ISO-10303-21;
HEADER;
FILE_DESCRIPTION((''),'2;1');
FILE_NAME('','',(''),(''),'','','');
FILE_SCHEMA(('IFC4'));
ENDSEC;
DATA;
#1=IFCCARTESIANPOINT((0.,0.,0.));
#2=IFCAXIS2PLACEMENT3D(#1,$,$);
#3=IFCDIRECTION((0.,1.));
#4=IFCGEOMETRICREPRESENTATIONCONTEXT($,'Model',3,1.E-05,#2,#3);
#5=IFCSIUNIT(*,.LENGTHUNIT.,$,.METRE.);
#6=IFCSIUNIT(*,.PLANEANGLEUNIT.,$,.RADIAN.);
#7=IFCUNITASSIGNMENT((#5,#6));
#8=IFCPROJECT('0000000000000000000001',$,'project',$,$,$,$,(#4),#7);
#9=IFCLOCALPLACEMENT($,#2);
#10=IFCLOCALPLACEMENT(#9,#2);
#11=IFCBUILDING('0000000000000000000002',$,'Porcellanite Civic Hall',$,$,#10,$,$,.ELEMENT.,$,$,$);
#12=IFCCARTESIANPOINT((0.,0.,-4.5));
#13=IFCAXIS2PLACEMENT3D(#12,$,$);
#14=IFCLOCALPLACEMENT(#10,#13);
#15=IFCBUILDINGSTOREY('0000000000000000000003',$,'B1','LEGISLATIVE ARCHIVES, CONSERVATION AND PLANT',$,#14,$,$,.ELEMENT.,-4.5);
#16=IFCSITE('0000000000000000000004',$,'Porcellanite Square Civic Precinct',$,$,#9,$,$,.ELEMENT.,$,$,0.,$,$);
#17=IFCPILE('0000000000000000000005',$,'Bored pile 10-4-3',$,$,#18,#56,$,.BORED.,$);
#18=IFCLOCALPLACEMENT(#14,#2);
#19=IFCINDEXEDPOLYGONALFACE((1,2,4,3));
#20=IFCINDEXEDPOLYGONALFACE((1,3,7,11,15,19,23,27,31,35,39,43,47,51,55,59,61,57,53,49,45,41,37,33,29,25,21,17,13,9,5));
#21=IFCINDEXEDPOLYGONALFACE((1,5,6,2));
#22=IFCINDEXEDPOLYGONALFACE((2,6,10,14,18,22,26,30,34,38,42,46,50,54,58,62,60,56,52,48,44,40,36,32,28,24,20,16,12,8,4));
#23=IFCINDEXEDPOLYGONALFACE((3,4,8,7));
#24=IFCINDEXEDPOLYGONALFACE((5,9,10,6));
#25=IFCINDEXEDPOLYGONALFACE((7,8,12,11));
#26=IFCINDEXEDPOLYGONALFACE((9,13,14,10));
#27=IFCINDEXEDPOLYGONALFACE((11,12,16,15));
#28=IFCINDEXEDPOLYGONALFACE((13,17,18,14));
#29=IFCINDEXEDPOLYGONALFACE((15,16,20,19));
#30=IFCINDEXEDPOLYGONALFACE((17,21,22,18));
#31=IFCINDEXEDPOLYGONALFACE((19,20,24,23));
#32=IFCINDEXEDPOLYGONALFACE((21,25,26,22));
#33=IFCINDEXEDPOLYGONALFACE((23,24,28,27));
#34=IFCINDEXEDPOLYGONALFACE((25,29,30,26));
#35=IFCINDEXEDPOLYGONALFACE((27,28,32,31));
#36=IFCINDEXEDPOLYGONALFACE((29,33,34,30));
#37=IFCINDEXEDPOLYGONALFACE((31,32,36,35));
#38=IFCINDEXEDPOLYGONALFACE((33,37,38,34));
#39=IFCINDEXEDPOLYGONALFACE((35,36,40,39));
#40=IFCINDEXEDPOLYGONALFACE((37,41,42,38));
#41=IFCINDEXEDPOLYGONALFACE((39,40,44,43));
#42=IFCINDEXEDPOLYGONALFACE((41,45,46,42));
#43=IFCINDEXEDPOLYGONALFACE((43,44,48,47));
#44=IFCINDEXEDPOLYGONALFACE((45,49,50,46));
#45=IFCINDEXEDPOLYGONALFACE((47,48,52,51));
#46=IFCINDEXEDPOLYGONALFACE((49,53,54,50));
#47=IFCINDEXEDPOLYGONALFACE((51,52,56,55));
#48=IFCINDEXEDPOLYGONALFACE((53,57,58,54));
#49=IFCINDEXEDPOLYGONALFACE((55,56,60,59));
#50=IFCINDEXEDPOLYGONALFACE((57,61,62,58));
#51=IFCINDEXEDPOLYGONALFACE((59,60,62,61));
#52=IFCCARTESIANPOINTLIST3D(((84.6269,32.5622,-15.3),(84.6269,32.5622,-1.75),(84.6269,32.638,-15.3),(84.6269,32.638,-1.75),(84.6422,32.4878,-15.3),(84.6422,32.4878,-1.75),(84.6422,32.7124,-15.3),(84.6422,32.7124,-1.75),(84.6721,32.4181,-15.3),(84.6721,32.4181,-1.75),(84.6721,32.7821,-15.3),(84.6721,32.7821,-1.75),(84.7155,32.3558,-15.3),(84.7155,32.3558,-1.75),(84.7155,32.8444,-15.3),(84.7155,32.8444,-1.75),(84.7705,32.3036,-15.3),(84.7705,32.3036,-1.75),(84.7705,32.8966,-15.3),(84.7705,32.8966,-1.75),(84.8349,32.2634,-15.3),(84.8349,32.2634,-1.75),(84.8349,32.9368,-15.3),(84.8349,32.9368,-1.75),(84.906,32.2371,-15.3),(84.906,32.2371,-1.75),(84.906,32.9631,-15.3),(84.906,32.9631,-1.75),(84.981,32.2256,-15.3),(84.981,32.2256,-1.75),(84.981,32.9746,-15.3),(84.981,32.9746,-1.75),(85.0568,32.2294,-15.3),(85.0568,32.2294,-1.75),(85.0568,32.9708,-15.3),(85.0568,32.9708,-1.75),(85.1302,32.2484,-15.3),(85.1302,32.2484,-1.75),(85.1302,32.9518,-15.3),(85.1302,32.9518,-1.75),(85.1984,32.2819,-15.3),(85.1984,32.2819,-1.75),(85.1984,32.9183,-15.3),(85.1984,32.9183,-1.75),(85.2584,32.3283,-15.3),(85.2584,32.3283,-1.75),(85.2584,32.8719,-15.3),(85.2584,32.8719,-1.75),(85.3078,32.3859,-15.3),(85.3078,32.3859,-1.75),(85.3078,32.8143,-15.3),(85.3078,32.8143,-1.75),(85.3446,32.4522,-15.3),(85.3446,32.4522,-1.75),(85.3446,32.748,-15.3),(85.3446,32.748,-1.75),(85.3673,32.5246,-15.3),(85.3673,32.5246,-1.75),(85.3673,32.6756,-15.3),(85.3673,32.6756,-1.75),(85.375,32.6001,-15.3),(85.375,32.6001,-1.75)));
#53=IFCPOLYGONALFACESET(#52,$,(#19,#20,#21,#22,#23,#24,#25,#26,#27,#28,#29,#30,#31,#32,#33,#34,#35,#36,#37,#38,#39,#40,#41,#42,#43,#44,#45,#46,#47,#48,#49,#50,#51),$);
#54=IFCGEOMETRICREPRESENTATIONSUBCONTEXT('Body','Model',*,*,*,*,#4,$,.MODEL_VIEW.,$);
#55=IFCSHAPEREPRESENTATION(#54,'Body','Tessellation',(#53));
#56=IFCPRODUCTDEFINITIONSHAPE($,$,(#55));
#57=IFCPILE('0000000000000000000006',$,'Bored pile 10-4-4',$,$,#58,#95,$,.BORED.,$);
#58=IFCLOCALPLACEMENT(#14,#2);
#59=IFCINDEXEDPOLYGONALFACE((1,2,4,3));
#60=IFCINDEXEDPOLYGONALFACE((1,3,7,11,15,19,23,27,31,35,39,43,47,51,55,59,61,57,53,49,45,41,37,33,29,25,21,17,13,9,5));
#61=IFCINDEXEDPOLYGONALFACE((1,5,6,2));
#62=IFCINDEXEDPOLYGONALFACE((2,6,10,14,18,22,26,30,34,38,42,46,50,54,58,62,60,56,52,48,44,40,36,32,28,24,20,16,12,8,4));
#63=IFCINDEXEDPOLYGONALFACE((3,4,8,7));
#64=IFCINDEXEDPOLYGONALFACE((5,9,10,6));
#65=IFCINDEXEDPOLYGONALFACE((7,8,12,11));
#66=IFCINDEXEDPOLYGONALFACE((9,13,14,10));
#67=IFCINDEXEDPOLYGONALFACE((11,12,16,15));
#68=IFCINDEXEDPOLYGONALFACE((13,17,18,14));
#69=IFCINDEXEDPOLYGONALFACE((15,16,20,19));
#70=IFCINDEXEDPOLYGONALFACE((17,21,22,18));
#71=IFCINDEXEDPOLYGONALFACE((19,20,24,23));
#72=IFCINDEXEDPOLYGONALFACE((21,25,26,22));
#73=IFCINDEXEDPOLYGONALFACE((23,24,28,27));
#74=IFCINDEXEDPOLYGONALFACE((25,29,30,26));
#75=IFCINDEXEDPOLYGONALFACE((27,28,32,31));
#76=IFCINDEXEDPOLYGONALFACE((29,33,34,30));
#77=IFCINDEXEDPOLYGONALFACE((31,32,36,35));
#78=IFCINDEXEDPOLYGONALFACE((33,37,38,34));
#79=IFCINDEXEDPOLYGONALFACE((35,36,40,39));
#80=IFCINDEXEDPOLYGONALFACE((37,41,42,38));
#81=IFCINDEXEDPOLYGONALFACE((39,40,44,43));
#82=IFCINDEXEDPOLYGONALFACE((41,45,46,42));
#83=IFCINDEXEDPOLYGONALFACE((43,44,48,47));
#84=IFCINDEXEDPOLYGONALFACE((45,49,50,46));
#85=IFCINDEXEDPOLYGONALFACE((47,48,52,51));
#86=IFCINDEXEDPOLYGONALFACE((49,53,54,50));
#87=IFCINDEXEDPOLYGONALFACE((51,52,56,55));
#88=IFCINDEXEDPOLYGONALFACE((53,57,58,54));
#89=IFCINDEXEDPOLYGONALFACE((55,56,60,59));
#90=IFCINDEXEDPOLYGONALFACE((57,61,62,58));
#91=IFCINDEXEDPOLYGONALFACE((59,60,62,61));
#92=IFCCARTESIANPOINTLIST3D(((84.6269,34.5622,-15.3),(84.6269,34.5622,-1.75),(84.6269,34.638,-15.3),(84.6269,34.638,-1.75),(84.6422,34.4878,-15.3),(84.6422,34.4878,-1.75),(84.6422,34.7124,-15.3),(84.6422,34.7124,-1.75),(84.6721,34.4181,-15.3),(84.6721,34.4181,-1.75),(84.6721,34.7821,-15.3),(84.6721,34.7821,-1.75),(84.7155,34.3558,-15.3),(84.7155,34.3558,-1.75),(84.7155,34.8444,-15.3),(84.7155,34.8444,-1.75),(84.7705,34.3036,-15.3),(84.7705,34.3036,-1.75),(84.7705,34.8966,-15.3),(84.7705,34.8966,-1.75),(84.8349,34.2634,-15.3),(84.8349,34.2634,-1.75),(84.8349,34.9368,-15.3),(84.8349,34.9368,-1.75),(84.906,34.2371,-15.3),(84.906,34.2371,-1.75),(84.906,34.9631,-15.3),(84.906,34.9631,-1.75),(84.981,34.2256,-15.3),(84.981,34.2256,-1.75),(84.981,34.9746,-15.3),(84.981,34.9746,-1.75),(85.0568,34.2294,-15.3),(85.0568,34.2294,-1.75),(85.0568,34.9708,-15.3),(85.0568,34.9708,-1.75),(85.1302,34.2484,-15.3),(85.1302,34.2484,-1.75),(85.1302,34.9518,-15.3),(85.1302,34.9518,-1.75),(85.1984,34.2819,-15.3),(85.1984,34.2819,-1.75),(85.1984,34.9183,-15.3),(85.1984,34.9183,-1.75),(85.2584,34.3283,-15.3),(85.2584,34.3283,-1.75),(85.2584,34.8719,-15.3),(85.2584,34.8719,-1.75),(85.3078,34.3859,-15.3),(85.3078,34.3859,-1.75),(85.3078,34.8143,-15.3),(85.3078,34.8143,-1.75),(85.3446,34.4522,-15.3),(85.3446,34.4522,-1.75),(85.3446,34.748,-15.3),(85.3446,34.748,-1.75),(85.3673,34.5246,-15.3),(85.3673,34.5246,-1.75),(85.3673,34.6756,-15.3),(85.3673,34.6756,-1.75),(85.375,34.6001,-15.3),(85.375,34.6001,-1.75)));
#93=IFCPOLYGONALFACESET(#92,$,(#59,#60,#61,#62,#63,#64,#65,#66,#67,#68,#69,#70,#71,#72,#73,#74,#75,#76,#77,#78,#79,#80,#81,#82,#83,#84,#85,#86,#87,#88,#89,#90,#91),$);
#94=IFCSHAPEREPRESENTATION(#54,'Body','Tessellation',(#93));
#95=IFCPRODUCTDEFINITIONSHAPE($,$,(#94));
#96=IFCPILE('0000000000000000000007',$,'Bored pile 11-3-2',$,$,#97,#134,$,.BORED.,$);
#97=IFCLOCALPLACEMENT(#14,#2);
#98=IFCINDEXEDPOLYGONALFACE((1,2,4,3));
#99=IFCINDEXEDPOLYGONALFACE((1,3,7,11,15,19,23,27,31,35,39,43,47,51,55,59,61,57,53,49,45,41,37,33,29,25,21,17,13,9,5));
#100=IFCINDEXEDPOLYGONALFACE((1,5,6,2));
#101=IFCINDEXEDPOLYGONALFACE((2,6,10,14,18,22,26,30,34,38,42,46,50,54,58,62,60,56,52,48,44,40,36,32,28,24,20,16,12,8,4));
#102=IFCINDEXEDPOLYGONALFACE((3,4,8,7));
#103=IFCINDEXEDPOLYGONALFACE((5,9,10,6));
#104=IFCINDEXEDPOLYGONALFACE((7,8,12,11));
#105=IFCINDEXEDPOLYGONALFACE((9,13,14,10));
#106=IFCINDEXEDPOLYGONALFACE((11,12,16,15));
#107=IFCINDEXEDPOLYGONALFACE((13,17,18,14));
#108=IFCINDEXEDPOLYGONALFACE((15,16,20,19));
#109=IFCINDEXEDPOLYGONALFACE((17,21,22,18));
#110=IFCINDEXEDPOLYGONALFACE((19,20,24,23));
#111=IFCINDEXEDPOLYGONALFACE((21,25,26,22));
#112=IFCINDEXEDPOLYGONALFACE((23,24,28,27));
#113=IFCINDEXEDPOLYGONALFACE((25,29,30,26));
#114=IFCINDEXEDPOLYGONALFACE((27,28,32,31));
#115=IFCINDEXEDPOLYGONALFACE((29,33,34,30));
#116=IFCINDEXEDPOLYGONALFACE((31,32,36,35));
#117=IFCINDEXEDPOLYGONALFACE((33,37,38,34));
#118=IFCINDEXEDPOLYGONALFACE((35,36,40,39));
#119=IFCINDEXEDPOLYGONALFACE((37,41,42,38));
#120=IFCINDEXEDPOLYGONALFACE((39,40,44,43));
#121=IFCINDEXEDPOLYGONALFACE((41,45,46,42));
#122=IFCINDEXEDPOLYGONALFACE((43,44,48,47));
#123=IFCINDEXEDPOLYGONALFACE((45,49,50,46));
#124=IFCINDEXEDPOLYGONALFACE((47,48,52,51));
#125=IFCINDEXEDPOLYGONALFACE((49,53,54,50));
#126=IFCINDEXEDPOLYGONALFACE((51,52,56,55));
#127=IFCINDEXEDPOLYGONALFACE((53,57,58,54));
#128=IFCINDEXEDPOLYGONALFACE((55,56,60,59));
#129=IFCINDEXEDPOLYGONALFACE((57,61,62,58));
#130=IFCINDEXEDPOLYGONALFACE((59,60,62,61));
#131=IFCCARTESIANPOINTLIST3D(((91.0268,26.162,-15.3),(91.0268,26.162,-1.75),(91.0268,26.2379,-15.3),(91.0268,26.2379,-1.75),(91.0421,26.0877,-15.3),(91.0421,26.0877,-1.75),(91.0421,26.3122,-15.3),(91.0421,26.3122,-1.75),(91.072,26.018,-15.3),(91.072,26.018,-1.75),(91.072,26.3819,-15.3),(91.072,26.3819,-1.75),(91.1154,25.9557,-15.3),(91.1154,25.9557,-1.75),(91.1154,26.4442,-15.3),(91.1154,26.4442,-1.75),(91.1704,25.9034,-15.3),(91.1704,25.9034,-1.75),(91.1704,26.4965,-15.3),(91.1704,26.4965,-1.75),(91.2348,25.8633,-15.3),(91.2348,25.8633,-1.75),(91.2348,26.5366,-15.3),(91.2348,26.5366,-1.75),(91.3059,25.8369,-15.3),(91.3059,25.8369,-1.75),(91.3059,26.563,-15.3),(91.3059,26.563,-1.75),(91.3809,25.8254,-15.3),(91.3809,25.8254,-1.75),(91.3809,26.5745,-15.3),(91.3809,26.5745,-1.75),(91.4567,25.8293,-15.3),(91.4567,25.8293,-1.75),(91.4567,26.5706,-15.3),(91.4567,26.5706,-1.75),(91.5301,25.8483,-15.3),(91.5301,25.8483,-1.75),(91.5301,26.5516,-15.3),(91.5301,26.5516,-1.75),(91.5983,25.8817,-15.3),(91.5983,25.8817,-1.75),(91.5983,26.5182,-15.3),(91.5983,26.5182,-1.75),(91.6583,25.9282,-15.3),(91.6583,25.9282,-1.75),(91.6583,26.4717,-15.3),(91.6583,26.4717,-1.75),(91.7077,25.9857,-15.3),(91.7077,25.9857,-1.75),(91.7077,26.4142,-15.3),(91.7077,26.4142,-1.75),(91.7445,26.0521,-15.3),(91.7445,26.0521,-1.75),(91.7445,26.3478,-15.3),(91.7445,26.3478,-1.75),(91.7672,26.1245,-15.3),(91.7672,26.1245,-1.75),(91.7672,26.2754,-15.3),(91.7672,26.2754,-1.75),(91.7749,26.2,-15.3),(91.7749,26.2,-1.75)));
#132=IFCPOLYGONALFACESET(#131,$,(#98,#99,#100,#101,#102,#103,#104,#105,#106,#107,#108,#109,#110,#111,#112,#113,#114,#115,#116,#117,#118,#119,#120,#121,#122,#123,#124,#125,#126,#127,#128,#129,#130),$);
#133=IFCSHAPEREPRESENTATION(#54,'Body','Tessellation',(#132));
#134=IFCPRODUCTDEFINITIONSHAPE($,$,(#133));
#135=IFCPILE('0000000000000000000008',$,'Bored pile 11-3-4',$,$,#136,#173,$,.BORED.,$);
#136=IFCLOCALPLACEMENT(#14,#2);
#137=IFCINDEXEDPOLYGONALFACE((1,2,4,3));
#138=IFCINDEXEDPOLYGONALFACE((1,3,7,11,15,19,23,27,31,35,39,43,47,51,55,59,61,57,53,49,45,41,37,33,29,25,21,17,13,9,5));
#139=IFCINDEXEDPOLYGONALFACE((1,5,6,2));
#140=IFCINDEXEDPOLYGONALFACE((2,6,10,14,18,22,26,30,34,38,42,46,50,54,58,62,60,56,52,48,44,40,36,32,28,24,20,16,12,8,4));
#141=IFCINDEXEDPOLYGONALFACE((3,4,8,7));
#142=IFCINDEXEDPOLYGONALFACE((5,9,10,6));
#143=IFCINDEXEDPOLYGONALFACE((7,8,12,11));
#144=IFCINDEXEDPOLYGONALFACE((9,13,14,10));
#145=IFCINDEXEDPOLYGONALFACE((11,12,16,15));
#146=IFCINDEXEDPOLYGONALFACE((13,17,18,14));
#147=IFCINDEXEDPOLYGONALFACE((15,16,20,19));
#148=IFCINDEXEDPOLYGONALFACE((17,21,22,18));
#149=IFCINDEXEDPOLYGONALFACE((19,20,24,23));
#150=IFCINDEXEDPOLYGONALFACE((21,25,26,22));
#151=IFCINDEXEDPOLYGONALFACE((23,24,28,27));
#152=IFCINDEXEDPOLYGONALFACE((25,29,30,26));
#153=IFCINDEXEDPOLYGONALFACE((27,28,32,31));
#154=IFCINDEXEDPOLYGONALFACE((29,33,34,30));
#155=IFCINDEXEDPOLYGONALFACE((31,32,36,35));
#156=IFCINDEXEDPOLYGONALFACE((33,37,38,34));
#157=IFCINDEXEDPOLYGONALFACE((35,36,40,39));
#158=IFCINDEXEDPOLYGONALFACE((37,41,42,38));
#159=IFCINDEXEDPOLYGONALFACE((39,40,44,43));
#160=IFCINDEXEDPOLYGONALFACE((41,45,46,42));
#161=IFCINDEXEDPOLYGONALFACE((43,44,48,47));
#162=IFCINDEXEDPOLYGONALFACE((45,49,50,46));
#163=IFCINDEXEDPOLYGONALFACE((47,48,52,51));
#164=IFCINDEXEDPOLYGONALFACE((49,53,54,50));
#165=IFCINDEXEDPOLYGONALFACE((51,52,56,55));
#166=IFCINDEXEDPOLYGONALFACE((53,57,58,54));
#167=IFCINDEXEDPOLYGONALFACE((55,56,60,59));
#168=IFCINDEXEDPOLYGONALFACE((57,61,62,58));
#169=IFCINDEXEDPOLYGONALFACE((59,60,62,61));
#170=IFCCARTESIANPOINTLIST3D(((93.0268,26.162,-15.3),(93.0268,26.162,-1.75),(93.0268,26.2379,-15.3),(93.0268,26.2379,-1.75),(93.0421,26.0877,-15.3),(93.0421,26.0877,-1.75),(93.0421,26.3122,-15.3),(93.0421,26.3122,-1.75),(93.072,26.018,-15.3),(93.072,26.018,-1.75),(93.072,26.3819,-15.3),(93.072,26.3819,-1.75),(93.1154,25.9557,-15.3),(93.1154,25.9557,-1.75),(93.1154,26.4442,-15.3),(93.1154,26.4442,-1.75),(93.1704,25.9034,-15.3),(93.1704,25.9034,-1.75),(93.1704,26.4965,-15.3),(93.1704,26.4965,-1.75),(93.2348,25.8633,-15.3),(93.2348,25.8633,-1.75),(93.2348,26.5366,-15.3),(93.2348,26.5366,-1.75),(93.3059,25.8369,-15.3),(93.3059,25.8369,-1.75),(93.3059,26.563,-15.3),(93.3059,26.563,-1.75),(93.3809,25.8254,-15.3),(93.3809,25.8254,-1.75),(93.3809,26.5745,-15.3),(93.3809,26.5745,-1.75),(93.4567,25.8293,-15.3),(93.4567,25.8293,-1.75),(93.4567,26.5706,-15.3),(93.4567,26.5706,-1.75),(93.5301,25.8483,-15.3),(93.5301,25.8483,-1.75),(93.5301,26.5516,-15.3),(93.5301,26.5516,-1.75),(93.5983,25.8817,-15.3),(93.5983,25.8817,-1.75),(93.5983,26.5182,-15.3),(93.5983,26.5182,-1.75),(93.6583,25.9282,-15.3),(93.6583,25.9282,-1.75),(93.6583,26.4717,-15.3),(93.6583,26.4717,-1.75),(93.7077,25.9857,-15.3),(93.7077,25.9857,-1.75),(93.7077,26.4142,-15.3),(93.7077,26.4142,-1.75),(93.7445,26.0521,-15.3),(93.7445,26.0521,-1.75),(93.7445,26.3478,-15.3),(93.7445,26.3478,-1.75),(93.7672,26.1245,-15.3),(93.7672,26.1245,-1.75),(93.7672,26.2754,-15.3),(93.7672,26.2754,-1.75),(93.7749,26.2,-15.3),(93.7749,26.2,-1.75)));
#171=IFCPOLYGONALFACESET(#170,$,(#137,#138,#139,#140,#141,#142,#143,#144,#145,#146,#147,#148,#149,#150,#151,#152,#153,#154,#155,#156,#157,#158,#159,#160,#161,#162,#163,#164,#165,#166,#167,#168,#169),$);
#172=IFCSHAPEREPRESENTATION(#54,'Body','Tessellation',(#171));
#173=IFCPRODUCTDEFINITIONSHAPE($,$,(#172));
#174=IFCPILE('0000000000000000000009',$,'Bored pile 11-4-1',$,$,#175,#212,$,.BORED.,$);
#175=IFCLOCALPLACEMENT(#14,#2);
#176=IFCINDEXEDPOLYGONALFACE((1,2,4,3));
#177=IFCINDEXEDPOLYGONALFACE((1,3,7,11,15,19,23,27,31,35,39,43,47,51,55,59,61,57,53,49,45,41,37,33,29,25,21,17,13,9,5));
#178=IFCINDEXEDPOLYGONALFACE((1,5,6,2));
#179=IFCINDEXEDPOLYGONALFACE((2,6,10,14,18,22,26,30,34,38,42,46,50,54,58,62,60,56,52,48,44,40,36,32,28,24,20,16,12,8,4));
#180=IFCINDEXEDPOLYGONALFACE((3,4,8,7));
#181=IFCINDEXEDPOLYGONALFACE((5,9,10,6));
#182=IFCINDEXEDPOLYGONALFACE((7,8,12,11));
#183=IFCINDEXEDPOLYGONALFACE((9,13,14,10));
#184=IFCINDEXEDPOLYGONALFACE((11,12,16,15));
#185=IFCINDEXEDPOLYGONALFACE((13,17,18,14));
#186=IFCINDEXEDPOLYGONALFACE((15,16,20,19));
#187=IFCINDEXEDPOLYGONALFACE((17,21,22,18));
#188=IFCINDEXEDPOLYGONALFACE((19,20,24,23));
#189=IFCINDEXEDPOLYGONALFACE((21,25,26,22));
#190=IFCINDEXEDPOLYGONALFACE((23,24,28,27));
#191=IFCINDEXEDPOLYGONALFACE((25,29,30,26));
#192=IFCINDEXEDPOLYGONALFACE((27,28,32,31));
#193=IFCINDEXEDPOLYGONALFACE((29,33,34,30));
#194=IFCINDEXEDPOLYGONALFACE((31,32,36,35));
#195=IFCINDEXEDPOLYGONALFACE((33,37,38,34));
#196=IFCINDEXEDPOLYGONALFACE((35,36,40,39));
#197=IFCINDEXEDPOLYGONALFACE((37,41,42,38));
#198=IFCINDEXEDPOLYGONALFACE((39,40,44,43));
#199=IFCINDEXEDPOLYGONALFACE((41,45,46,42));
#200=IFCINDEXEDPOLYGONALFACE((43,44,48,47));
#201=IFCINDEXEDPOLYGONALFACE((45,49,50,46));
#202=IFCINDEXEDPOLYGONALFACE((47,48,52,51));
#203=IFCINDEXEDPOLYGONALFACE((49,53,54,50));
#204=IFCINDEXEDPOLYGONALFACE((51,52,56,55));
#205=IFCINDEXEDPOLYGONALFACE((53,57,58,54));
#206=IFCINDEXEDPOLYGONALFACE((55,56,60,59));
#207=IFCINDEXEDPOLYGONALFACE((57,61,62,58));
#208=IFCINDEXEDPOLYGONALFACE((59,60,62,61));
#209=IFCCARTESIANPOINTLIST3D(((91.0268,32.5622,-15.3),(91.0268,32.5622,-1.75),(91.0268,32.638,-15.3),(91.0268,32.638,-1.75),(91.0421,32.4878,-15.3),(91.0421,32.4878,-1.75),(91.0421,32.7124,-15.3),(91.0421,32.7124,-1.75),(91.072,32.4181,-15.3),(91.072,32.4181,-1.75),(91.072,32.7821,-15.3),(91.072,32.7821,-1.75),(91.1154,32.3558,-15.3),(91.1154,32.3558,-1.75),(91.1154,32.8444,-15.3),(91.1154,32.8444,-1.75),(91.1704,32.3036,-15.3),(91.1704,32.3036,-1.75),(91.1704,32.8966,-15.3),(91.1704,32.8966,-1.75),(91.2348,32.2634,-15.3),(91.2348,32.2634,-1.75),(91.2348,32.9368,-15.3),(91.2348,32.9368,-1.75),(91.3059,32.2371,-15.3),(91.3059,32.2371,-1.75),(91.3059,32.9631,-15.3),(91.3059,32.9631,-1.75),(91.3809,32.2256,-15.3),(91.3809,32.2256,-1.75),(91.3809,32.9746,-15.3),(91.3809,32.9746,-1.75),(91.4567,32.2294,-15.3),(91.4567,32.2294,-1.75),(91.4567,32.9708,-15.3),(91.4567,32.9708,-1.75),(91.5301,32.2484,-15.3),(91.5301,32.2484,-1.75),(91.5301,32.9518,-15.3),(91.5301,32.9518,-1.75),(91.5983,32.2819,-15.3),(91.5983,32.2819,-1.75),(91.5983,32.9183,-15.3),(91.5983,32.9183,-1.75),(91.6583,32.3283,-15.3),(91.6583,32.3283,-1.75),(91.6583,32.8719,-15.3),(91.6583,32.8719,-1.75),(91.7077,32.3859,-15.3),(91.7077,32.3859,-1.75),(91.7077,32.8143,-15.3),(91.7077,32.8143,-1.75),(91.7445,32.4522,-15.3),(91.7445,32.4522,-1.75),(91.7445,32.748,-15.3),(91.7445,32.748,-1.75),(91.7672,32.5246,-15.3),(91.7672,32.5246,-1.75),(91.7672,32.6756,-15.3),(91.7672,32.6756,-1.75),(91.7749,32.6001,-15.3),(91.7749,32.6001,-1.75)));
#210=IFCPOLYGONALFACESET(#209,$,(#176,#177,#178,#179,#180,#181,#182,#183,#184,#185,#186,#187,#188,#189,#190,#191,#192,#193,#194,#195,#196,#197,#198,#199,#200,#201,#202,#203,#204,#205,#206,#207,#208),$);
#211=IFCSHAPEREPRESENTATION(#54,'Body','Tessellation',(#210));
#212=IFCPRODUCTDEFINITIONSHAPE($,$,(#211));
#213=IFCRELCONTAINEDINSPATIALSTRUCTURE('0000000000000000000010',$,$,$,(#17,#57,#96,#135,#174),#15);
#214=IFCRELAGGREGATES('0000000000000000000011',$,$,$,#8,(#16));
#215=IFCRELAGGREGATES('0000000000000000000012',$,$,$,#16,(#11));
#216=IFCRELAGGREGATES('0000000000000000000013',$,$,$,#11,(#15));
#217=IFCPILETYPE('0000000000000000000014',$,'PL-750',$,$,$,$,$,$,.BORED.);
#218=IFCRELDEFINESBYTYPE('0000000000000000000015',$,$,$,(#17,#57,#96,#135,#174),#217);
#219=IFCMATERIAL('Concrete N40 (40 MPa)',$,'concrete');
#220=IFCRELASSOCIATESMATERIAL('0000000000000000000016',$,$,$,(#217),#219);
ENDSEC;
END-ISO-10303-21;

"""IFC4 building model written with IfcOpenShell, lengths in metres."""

from ifc_helpers import new_model, si_unit, direction, frame, origin, origin_2d, place, context, subcontext, project, spatial, circle, extrude, material, material_profile, profile_set, type_object, element, save


model = new_model("IFC4")

# Units and contexts
model_context = context("Model", 3, precision=1e-05, world=origin(), true_north=direction((0.0, 1.0)))
body_context = subcontext(model_context, "Body", "Model", "MODEL_VIEW")
ifc_project = project(units=[si_unit("LENGTHUNIT", "METRE"), si_unit("PLANEANGLEUNIT", "RADIAN")], contexts=[model_context])

# Site, building, storey
site_placement = place(None, origin())
site = spatial("IfcSite", under=ifc_project, at=site_placement, Name="Porcellanite Square Civic Precinct", CompositionType="ELEMENT", RefElevation=0.0)
building_placement = place(site_placement, origin())
building = spatial("IfcBuilding", under=site, at=building_placement, Name="Porcellanite Civic Hall", CompositionType="ELEMENT")
storey_placement = place(building_placement, frame((0.0, 0.0, -4.5)))
storey = spatial("IfcBuildingStorey", under=building, at=storey_placement, Name="B1", Description="LEGISLATIVE ARCHIVES, CONSERVATION AND PLANT", CompositionType="ELEMENT", Elevation=-4.5)

# Piles
ifc_material_1 = material(Name="Concrete N40 (40 MPa)", Category="concrete")
ifc_material_profile_1 = material_profile(ifc_material_1, circle(Radius=0.375, at=origin_2d()), Name="PILE-D750")
ifc_profile_set_1 = profile_set([ifc_material_profile_1], Name="Concrete N40 (40 MPa)")
pile_type_1 = type_object("IfcPileType", Name="PL-750", PredefinedType="BORED", material=ifc_profile_set_1)
for number, where, z_axis, x_axis, name in (
    (1, (85.0, 32.6001, -1.75), (0.0, 0.0, -1.0), (1.0, 0.0, 0.0), "Bored pile 10-4-3"),
    (2, (85.0, 34.6001, -1.75), (0.0, 0.0, -1.0), (1.0, 0.0, 0.0), "Bored pile 10-4-4"),
    (3, (91.3999, 26.2, -1.75), (0.0, 0.0, -1.0), (1.0, 0.0, 0.0), "Bored pile 11-3-2"),
    (4, (93.3999, 26.2, -1.75), (0.0, 0.0, -1.0), (1.0, 0.0, 0.0), "Bored pile 11-3-4"),
    (5, (91.3999, 32.6001, -1.75), (0.0, 0.0, -1.0), (1.0, 0.0, 0.0), "Bored pile 11-4-1"),
):
    element("IfcPile", number, at=place(storey_placement, frame(where, z_axis=z_axis, x_axis=x_axis)), inside=storey, type_object=pile_type_1, Name=name, PredefinedType="BORED", context=body_context, shape_type="SweptSolid", body=[
        extrude(circle(Radius=0.375, at=origin_2d()), origin(), (0.0, 0.0, 1.0), 13.55),
    ])

save(model, "model.ifc")
